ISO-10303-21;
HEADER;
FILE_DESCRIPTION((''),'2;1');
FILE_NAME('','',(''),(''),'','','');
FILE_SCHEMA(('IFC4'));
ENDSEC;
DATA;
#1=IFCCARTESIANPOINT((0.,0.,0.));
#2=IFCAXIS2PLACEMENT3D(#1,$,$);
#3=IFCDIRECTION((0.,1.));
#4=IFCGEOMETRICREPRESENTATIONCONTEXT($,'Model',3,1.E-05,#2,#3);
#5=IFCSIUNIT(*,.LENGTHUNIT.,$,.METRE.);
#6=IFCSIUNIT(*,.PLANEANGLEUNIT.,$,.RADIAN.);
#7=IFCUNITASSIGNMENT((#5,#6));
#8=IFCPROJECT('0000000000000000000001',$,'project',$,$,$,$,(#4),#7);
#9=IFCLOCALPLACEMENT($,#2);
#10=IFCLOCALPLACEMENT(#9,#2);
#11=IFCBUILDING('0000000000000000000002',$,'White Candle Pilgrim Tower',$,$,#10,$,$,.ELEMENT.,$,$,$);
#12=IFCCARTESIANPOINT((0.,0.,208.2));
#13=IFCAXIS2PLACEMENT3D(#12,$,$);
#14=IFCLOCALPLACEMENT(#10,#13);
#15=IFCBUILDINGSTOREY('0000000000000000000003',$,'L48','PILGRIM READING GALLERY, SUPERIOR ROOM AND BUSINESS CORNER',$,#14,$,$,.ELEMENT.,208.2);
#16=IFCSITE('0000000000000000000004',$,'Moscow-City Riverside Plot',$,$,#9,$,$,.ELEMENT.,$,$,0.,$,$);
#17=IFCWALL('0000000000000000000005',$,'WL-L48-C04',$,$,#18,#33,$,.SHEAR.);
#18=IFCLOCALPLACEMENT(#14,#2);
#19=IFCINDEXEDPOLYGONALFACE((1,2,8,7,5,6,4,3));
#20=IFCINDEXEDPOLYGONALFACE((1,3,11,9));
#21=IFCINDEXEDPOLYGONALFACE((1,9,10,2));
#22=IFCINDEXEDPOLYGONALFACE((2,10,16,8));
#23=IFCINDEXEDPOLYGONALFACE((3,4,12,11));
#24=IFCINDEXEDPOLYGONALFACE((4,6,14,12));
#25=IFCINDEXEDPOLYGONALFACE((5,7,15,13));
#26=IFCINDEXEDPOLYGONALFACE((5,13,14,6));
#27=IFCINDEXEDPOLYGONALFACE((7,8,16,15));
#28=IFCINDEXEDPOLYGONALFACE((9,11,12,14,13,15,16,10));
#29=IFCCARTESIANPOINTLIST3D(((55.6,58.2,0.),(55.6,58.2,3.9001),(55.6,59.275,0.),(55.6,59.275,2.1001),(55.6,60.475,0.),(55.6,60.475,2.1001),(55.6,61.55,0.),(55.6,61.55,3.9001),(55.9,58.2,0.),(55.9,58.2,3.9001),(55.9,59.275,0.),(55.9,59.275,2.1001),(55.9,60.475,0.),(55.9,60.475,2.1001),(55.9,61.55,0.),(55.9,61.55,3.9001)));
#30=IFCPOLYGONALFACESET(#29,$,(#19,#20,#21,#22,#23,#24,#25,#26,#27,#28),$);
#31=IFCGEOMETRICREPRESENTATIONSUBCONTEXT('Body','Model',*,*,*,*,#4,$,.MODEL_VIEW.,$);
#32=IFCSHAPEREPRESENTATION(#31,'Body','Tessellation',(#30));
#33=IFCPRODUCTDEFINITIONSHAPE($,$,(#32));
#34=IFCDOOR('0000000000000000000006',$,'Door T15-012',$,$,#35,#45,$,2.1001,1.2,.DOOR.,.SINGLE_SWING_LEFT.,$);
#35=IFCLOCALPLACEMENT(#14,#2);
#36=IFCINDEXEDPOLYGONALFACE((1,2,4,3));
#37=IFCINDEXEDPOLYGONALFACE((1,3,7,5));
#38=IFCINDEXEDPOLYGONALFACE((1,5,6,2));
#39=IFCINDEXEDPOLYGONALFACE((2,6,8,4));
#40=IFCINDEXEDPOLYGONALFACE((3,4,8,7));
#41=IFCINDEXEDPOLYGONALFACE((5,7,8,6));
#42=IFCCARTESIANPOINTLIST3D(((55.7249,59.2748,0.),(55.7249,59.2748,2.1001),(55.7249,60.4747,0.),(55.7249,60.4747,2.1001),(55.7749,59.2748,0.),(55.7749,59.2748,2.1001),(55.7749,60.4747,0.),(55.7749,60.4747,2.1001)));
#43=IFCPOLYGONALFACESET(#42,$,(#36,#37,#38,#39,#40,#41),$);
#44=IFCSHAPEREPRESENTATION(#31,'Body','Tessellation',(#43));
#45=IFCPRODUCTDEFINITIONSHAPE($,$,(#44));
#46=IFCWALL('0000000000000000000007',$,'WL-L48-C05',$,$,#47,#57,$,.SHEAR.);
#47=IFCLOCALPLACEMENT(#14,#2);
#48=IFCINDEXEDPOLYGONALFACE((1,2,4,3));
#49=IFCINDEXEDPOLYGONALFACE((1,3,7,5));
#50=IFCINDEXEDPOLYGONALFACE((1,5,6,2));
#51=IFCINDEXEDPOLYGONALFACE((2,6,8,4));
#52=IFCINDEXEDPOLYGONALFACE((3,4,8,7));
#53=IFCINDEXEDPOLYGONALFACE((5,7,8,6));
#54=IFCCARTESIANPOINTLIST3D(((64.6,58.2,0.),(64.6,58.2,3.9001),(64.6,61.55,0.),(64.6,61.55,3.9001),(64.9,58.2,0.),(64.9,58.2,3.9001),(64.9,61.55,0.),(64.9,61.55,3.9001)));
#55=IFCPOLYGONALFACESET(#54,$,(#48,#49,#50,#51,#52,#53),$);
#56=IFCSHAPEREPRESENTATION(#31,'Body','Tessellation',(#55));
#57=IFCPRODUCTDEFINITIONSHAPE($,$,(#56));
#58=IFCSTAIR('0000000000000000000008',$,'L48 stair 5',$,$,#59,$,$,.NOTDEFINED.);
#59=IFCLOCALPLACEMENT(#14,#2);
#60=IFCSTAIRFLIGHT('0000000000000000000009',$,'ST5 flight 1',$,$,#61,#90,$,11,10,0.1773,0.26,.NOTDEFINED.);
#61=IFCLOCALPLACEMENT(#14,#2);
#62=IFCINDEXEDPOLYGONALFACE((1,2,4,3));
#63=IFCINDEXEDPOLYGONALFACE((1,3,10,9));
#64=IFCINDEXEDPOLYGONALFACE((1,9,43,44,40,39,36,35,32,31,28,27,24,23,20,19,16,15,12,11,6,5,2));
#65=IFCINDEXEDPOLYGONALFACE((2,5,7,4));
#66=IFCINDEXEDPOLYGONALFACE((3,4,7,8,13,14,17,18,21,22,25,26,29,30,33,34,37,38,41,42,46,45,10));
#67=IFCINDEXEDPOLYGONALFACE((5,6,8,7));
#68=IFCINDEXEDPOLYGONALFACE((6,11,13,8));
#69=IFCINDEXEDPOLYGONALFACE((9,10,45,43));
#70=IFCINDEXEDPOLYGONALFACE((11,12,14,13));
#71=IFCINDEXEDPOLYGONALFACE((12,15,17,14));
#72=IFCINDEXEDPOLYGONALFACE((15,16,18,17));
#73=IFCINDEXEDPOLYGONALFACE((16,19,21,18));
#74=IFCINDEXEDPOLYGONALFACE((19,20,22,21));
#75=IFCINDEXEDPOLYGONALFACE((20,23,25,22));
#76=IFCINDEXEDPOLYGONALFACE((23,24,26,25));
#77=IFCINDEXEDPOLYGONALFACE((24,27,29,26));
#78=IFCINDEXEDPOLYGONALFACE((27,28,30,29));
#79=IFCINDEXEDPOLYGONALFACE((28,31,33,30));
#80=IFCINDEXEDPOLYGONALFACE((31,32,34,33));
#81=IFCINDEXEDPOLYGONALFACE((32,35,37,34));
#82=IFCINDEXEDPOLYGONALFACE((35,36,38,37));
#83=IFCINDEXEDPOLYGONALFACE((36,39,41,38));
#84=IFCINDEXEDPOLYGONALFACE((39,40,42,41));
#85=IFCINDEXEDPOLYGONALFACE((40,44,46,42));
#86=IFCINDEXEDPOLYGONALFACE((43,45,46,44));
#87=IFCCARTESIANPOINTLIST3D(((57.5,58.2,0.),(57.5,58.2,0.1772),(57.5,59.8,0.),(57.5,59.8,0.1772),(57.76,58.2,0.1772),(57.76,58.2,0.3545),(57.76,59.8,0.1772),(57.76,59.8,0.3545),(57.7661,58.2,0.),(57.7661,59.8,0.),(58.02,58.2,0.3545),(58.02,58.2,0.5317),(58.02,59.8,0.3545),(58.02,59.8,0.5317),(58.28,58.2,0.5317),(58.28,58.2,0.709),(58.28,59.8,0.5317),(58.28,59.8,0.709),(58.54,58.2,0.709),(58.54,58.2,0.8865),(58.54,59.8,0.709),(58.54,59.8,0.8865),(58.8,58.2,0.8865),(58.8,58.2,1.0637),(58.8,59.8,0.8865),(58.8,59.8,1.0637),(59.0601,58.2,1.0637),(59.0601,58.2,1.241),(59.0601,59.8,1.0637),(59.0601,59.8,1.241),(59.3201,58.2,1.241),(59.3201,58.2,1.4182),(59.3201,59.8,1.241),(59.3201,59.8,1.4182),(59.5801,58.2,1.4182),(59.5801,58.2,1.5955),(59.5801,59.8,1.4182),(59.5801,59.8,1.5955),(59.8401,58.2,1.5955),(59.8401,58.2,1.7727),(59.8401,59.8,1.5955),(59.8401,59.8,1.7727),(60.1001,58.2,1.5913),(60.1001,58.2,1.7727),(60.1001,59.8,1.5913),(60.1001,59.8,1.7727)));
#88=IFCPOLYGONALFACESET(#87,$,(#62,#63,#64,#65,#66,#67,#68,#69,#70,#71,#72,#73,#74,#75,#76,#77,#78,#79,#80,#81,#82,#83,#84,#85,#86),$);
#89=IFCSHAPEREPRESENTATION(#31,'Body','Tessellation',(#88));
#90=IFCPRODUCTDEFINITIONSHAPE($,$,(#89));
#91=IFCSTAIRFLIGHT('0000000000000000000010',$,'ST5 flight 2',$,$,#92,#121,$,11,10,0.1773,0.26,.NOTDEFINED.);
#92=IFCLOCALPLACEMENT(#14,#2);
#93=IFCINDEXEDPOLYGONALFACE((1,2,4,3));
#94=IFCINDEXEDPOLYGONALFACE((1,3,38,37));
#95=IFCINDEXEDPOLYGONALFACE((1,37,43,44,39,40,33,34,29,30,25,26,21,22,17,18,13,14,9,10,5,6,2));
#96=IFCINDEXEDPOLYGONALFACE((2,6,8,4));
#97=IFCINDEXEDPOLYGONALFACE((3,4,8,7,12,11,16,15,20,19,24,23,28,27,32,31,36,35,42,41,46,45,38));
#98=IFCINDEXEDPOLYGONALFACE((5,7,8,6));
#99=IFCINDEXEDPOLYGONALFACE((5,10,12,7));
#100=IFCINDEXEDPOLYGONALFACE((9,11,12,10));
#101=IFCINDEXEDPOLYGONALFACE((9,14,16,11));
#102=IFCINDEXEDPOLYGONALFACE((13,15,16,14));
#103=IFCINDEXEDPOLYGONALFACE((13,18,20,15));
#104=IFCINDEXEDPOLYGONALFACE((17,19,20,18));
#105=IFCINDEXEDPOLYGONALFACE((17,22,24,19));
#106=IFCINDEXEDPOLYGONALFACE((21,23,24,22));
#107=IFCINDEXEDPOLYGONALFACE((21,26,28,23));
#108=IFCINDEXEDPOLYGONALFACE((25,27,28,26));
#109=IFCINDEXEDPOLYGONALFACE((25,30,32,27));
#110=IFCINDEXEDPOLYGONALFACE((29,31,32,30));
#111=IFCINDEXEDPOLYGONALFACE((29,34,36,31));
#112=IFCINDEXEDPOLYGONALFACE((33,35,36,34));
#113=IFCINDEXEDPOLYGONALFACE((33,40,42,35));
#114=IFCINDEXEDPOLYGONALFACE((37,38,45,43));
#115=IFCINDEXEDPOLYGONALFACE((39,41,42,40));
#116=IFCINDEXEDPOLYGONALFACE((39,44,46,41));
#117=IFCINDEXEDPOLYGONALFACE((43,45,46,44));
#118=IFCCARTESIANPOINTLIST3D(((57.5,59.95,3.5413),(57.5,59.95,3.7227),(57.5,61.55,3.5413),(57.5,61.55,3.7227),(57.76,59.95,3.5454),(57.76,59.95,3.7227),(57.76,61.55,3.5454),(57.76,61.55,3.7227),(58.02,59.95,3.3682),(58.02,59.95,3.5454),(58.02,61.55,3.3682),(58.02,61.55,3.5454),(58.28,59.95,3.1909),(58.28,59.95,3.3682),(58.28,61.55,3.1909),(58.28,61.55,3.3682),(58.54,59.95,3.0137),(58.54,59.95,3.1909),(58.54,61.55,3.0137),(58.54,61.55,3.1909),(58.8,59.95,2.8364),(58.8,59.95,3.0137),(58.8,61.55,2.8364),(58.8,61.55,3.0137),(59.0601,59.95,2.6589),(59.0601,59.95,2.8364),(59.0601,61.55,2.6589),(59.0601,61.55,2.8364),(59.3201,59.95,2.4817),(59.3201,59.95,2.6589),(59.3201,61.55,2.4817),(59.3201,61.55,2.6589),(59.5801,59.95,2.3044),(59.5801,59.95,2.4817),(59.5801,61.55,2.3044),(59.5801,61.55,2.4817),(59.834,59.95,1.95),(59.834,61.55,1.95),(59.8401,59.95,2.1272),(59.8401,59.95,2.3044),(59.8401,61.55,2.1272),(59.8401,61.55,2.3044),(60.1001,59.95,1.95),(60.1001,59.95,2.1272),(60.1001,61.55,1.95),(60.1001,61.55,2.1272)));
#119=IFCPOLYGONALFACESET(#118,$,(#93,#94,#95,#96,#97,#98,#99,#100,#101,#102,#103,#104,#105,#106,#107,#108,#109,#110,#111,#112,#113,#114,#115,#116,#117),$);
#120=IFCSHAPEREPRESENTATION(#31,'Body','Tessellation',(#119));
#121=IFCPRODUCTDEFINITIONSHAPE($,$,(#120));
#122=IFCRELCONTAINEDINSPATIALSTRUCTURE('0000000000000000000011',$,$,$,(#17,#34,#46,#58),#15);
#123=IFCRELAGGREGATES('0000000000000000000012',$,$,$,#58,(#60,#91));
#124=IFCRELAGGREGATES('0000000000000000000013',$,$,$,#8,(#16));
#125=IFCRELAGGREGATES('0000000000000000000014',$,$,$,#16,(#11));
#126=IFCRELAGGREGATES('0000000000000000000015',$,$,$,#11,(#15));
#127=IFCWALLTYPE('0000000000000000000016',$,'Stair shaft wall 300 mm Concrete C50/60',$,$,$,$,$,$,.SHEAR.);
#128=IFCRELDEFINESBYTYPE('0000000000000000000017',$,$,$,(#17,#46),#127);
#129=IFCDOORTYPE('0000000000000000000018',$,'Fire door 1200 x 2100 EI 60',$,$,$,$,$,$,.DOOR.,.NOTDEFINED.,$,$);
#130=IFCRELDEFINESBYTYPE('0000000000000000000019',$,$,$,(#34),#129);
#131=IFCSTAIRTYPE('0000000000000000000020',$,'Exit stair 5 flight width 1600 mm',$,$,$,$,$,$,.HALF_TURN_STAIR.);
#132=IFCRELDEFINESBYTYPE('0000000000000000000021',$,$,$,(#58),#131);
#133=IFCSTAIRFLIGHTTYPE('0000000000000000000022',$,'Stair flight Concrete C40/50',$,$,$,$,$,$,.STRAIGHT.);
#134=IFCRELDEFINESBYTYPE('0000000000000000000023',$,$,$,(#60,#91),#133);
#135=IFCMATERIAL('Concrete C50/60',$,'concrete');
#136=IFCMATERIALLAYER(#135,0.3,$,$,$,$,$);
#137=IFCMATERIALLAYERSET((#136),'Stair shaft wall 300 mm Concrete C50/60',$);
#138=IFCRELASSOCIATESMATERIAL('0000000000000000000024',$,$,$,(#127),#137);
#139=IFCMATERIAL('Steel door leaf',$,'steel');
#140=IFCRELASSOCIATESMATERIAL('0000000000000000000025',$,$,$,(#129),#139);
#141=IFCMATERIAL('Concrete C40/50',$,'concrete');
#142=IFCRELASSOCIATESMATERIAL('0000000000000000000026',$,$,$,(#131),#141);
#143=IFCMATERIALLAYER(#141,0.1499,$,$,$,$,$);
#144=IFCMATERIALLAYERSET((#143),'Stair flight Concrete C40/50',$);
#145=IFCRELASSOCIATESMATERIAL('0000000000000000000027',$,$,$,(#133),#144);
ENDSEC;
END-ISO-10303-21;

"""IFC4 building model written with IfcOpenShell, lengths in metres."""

from ifc_helpers import new_model, si_unit, direction, frame, frame_2d, origin, place, context, subcontext, project, spatial, polyline, rectangle, outline, extrude, material, layer, layer_set, type_object, element, fill, aggregate, save


model = new_model("IFC4")

# Units and contexts
model_context = context("Model", 3, precision=1e-05, world=origin(), true_north=direction((0.0, 1.0)))
body_context = subcontext(model_context, "Body", "Model", "MODEL_VIEW")
ifc_project = project(units=[si_unit("LENGTHUNIT", "METRE"), si_unit("PLANEANGLEUNIT", "RADIAN")], contexts=[model_context])

# Site, building, storey
site_placement = place(None, origin())
site = spatial("IfcSite", under=ifc_project, at=site_placement, Name="Moscow-City Riverside Plot", CompositionType="ELEMENT", RefElevation=0.0)
building_placement = place(site_placement, origin())
building = spatial("IfcBuilding", under=site, at=building_placement, Name="White Candle Pilgrim Tower", CompositionType="ELEMENT")
storey_placement = place(building_placement, frame((0.0, 0.0, 208.2)))
storey = spatial("IfcBuildingStorey", under=building, at=storey_placement, Name="L48", Description="PILGRIM READING GALLERY, SUPERIOR ROOM AND BUSINESS CORNER", CompositionType="ELEMENT", Elevation=208.2)

# Shared definitions
ifc_material_1 = material(Name="Concrete C50/60", Category="concrete")

# Shared definitions
ifc_material_2 = material(Name="Steel door leaf", Category="steel")

# Wall, opening, door
ifc_layer_1 = layer(ifc_material_1, 0.3)
ifc_layer_set_1 = layer_set([ifc_layer_1], Name="Stair shaft wall 300 mm Concrete C50/60")
wall_type_1 = type_object("IfcWallType", Name="Stair shaft wall 300 mm Concrete C50/60", PredefinedType="SHEAR", material=ifc_layer_set_1)
wall_1_placement = place(storey_placement, frame((55.75, 58.2, 0.0), z_axis=(0.0, 0.0, 1.0), x_axis=(0.0, 1.0, 0.0)))
wall_1 = element("IfcWall", 1, at=wall_1_placement, inside=storey, type_object=wall_type_1, Name="WL-L48-C04", PredefinedType="SHEAR", context=body_context, shape_type="SweptSolid", body=[
    extrude(rectangle(XDim=3.3501, YDim=0.3, at=frame_2d((1.675, 0.0))), origin(), (0.0, 0.0, 1.0), 3.9001),
])
opening_1_placement = place(wall_1_placement, frame((1.075, 0.0, 0.0)))
opening_1 = element("IfcOpeningElement", 2, at=opening_1_placement, cuts=wall_1, PredefinedType="OPENING", context=body_context, shape_type="SweptSolid", body=[
    extrude(rectangle(XDim=1.2, YDim=2.1001, at=frame_2d((0.6001, 1.05))), frame((0.0, 0.1599, 0.0), z_axis=(0.0, -1.0, 0.0), x_axis=(1.0, 0.0, 0.0)), (0.0, 0.0, 1.0), 0.3201),
])
door_type_1 = type_object("IfcDoorType", Name="Fire door 1200 x 2100 EI 60", OperationType="NOTDEFINED", PredefinedType="DOOR", material=ifc_material_2)
door_1_placement = place(opening_1_placement, frame((1.2, 0.0, 0.0), z_axis=(0.0, 0.0, 1.0), x_axis=(-1.0, 0.0, 0.0)))
door_1 = element("IfcDoor", 3, at=door_1_placement, inside=storey, type_object=door_type_1, Name="Door T15-012", OperationType="SINGLE_SWING_LEFT", OverallHeight=2.1001, OverallWidth=1.2, PredefinedType="DOOR", context=body_context, shape_type="SweptSolid", body=[
    extrude(rectangle(XDim=1.2, YDim=2.1001, at=frame_2d((0.6001, 1.05))), frame((0.0, 0.0249, 0.0), z_axis=(0.0, -1.0, 0.0), x_axis=(1.0, 0.0, 0.0)), (0.0, 0.0, 1.0), 0.05),
])
fill(opening_1, door_1)

# Wall
wall_2_placement = place(storey_placement, frame((64.75, 58.2, 0.0), z_axis=(0.0, 0.0, 1.0), x_axis=(0.0, 1.0, 0.0)))
element("IfcWall", 4, at=wall_2_placement, inside=storey, type_object=wall_type_1, Name="WL-L48-C05", PredefinedType="SHEAR", context=body_context, shape_type="SweptSolid", body=[
    extrude(rectangle(XDim=3.3501, YDim=0.3, at=frame_2d((1.675, 0.0))), origin(), (0.0, 0.0, 1.0), 3.9001),
])

# Stair, stair flights
ifc_material_3 = material(Name="Concrete C40/50", Category="concrete")
stair_type = type_object("IfcStairType", Name="Exit stair 5 flight width 1600 mm", PredefinedType="HALF_TURN_STAIR", material=ifc_material_3)
stair_placement = place(storey_placement, origin())
stair = element("IfcStair", 5, at=stair_placement, inside=storey, type_object=stair_type, Name="L48 stair 5", PredefinedType="NOTDEFINED")
ifc_layer_2 = layer(ifc_material_3, 0.1499)
ifc_layer_set_2 = layer_set([ifc_layer_2], Name="Stair flight Concrete C40/50")
stair_flight_type = type_object("IfcStairFlightType", Name="Stair flight Concrete C40/50", PredefinedType="STRAIGHT", material=ifc_layer_set_2)
stair_flight_1_placement = place(storey_placement, frame((57.5, 59.0, 0.0), z_axis=(0.0, 0.0, 1.0), x_axis=(1.0, 0.0, 0.0)))
stair_flight_1 = element("IfcStairFlight", 6, at=stair_flight_1_placement, type_object=stair_flight_type, Name="ST5 flight 1", NumberOfRisers=11, NumberOfTreads=10, PredefinedType="NOTDEFINED", RiserHeight=0.1773, TreadLength=0.26, context=body_context, shape_type="SweptSolid", body=[
    extrude(outline(polyline([(0.0, 0.0), (0.0, 0.1772), (0.26, 0.1772), (0.26, 0.3545), (0.52, 0.3545), (0.52, 0.5317), (0.78, 0.5317), (0.78, 0.709), (1.04, 0.709), (1.04, 0.8865), (1.3, 0.8865), (1.3, 1.0637), (1.5601, 1.0637), (1.5601, 1.241), (1.8201, 1.241), (1.8201, 1.4182), (2.0801, 1.4182), (2.0801, 1.5955), (2.3401, 1.5955), (2.3401, 1.7727), (2.6001, 1.7727), (2.6001, 1.95), (2.6001, 1.5913), (0.2661, 0.0), (0.0, 0.0)])), frame((0.0, 0.8, 0.0), z_axis=(0.0, -1.0, 0.0), x_axis=(1.0, 0.0, 0.0)), (0.0, 0.0, 1.0), 1.6001),
])
stair_flight_2_placement = place(storey_placement, frame((60.1001, 60.75, 1.95), z_axis=(0.0, 0.0, 1.0), x_axis=(-1.0, 0.0, 0.0)))
stair_flight_2 = element("IfcStairFlight", 7, at=stair_flight_2_placement, type_object=stair_flight_type, Name="ST5 flight 2", NumberOfRisers=11, NumberOfTreads=10, PredefinedType="NOTDEFINED", RiserHeight=0.1773, TreadLength=0.26, context=body_context, shape_type="SweptSolid", body=[
    extrude(outline(polyline([(0.0, 0.0), (0.0, 0.1772), (0.26, 0.1772), (0.26, 0.3545), (0.52, 0.3545), (0.52, 0.5317), (0.78, 0.5317), (0.78, 0.709), (1.04, 0.709), (1.04, 0.8865), (1.3, 0.8865), (1.3, 1.0637), (1.5601, 1.0637), (1.5601, 1.241), (1.8201, 1.241), (1.8201, 1.4182), (2.0801, 1.4182), (2.0801, 1.5955), (2.3401, 1.5955), (2.3401, 1.7727), (2.6001, 1.7727), (2.6001, 1.95), (2.6001, 1.5913), (0.2661, 0.0), (0.0, 0.0)])), frame((0.0, 0.8, 0.0), z_axis=(0.0, -1.0, 0.0), x_axis=(1.0, 0.0, 0.0)), (0.0, 0.0, 1.0), 1.6001),
])
aggregate(stair, [stair_flight_1, stair_flight_2])

save(model, "model.ifc")
